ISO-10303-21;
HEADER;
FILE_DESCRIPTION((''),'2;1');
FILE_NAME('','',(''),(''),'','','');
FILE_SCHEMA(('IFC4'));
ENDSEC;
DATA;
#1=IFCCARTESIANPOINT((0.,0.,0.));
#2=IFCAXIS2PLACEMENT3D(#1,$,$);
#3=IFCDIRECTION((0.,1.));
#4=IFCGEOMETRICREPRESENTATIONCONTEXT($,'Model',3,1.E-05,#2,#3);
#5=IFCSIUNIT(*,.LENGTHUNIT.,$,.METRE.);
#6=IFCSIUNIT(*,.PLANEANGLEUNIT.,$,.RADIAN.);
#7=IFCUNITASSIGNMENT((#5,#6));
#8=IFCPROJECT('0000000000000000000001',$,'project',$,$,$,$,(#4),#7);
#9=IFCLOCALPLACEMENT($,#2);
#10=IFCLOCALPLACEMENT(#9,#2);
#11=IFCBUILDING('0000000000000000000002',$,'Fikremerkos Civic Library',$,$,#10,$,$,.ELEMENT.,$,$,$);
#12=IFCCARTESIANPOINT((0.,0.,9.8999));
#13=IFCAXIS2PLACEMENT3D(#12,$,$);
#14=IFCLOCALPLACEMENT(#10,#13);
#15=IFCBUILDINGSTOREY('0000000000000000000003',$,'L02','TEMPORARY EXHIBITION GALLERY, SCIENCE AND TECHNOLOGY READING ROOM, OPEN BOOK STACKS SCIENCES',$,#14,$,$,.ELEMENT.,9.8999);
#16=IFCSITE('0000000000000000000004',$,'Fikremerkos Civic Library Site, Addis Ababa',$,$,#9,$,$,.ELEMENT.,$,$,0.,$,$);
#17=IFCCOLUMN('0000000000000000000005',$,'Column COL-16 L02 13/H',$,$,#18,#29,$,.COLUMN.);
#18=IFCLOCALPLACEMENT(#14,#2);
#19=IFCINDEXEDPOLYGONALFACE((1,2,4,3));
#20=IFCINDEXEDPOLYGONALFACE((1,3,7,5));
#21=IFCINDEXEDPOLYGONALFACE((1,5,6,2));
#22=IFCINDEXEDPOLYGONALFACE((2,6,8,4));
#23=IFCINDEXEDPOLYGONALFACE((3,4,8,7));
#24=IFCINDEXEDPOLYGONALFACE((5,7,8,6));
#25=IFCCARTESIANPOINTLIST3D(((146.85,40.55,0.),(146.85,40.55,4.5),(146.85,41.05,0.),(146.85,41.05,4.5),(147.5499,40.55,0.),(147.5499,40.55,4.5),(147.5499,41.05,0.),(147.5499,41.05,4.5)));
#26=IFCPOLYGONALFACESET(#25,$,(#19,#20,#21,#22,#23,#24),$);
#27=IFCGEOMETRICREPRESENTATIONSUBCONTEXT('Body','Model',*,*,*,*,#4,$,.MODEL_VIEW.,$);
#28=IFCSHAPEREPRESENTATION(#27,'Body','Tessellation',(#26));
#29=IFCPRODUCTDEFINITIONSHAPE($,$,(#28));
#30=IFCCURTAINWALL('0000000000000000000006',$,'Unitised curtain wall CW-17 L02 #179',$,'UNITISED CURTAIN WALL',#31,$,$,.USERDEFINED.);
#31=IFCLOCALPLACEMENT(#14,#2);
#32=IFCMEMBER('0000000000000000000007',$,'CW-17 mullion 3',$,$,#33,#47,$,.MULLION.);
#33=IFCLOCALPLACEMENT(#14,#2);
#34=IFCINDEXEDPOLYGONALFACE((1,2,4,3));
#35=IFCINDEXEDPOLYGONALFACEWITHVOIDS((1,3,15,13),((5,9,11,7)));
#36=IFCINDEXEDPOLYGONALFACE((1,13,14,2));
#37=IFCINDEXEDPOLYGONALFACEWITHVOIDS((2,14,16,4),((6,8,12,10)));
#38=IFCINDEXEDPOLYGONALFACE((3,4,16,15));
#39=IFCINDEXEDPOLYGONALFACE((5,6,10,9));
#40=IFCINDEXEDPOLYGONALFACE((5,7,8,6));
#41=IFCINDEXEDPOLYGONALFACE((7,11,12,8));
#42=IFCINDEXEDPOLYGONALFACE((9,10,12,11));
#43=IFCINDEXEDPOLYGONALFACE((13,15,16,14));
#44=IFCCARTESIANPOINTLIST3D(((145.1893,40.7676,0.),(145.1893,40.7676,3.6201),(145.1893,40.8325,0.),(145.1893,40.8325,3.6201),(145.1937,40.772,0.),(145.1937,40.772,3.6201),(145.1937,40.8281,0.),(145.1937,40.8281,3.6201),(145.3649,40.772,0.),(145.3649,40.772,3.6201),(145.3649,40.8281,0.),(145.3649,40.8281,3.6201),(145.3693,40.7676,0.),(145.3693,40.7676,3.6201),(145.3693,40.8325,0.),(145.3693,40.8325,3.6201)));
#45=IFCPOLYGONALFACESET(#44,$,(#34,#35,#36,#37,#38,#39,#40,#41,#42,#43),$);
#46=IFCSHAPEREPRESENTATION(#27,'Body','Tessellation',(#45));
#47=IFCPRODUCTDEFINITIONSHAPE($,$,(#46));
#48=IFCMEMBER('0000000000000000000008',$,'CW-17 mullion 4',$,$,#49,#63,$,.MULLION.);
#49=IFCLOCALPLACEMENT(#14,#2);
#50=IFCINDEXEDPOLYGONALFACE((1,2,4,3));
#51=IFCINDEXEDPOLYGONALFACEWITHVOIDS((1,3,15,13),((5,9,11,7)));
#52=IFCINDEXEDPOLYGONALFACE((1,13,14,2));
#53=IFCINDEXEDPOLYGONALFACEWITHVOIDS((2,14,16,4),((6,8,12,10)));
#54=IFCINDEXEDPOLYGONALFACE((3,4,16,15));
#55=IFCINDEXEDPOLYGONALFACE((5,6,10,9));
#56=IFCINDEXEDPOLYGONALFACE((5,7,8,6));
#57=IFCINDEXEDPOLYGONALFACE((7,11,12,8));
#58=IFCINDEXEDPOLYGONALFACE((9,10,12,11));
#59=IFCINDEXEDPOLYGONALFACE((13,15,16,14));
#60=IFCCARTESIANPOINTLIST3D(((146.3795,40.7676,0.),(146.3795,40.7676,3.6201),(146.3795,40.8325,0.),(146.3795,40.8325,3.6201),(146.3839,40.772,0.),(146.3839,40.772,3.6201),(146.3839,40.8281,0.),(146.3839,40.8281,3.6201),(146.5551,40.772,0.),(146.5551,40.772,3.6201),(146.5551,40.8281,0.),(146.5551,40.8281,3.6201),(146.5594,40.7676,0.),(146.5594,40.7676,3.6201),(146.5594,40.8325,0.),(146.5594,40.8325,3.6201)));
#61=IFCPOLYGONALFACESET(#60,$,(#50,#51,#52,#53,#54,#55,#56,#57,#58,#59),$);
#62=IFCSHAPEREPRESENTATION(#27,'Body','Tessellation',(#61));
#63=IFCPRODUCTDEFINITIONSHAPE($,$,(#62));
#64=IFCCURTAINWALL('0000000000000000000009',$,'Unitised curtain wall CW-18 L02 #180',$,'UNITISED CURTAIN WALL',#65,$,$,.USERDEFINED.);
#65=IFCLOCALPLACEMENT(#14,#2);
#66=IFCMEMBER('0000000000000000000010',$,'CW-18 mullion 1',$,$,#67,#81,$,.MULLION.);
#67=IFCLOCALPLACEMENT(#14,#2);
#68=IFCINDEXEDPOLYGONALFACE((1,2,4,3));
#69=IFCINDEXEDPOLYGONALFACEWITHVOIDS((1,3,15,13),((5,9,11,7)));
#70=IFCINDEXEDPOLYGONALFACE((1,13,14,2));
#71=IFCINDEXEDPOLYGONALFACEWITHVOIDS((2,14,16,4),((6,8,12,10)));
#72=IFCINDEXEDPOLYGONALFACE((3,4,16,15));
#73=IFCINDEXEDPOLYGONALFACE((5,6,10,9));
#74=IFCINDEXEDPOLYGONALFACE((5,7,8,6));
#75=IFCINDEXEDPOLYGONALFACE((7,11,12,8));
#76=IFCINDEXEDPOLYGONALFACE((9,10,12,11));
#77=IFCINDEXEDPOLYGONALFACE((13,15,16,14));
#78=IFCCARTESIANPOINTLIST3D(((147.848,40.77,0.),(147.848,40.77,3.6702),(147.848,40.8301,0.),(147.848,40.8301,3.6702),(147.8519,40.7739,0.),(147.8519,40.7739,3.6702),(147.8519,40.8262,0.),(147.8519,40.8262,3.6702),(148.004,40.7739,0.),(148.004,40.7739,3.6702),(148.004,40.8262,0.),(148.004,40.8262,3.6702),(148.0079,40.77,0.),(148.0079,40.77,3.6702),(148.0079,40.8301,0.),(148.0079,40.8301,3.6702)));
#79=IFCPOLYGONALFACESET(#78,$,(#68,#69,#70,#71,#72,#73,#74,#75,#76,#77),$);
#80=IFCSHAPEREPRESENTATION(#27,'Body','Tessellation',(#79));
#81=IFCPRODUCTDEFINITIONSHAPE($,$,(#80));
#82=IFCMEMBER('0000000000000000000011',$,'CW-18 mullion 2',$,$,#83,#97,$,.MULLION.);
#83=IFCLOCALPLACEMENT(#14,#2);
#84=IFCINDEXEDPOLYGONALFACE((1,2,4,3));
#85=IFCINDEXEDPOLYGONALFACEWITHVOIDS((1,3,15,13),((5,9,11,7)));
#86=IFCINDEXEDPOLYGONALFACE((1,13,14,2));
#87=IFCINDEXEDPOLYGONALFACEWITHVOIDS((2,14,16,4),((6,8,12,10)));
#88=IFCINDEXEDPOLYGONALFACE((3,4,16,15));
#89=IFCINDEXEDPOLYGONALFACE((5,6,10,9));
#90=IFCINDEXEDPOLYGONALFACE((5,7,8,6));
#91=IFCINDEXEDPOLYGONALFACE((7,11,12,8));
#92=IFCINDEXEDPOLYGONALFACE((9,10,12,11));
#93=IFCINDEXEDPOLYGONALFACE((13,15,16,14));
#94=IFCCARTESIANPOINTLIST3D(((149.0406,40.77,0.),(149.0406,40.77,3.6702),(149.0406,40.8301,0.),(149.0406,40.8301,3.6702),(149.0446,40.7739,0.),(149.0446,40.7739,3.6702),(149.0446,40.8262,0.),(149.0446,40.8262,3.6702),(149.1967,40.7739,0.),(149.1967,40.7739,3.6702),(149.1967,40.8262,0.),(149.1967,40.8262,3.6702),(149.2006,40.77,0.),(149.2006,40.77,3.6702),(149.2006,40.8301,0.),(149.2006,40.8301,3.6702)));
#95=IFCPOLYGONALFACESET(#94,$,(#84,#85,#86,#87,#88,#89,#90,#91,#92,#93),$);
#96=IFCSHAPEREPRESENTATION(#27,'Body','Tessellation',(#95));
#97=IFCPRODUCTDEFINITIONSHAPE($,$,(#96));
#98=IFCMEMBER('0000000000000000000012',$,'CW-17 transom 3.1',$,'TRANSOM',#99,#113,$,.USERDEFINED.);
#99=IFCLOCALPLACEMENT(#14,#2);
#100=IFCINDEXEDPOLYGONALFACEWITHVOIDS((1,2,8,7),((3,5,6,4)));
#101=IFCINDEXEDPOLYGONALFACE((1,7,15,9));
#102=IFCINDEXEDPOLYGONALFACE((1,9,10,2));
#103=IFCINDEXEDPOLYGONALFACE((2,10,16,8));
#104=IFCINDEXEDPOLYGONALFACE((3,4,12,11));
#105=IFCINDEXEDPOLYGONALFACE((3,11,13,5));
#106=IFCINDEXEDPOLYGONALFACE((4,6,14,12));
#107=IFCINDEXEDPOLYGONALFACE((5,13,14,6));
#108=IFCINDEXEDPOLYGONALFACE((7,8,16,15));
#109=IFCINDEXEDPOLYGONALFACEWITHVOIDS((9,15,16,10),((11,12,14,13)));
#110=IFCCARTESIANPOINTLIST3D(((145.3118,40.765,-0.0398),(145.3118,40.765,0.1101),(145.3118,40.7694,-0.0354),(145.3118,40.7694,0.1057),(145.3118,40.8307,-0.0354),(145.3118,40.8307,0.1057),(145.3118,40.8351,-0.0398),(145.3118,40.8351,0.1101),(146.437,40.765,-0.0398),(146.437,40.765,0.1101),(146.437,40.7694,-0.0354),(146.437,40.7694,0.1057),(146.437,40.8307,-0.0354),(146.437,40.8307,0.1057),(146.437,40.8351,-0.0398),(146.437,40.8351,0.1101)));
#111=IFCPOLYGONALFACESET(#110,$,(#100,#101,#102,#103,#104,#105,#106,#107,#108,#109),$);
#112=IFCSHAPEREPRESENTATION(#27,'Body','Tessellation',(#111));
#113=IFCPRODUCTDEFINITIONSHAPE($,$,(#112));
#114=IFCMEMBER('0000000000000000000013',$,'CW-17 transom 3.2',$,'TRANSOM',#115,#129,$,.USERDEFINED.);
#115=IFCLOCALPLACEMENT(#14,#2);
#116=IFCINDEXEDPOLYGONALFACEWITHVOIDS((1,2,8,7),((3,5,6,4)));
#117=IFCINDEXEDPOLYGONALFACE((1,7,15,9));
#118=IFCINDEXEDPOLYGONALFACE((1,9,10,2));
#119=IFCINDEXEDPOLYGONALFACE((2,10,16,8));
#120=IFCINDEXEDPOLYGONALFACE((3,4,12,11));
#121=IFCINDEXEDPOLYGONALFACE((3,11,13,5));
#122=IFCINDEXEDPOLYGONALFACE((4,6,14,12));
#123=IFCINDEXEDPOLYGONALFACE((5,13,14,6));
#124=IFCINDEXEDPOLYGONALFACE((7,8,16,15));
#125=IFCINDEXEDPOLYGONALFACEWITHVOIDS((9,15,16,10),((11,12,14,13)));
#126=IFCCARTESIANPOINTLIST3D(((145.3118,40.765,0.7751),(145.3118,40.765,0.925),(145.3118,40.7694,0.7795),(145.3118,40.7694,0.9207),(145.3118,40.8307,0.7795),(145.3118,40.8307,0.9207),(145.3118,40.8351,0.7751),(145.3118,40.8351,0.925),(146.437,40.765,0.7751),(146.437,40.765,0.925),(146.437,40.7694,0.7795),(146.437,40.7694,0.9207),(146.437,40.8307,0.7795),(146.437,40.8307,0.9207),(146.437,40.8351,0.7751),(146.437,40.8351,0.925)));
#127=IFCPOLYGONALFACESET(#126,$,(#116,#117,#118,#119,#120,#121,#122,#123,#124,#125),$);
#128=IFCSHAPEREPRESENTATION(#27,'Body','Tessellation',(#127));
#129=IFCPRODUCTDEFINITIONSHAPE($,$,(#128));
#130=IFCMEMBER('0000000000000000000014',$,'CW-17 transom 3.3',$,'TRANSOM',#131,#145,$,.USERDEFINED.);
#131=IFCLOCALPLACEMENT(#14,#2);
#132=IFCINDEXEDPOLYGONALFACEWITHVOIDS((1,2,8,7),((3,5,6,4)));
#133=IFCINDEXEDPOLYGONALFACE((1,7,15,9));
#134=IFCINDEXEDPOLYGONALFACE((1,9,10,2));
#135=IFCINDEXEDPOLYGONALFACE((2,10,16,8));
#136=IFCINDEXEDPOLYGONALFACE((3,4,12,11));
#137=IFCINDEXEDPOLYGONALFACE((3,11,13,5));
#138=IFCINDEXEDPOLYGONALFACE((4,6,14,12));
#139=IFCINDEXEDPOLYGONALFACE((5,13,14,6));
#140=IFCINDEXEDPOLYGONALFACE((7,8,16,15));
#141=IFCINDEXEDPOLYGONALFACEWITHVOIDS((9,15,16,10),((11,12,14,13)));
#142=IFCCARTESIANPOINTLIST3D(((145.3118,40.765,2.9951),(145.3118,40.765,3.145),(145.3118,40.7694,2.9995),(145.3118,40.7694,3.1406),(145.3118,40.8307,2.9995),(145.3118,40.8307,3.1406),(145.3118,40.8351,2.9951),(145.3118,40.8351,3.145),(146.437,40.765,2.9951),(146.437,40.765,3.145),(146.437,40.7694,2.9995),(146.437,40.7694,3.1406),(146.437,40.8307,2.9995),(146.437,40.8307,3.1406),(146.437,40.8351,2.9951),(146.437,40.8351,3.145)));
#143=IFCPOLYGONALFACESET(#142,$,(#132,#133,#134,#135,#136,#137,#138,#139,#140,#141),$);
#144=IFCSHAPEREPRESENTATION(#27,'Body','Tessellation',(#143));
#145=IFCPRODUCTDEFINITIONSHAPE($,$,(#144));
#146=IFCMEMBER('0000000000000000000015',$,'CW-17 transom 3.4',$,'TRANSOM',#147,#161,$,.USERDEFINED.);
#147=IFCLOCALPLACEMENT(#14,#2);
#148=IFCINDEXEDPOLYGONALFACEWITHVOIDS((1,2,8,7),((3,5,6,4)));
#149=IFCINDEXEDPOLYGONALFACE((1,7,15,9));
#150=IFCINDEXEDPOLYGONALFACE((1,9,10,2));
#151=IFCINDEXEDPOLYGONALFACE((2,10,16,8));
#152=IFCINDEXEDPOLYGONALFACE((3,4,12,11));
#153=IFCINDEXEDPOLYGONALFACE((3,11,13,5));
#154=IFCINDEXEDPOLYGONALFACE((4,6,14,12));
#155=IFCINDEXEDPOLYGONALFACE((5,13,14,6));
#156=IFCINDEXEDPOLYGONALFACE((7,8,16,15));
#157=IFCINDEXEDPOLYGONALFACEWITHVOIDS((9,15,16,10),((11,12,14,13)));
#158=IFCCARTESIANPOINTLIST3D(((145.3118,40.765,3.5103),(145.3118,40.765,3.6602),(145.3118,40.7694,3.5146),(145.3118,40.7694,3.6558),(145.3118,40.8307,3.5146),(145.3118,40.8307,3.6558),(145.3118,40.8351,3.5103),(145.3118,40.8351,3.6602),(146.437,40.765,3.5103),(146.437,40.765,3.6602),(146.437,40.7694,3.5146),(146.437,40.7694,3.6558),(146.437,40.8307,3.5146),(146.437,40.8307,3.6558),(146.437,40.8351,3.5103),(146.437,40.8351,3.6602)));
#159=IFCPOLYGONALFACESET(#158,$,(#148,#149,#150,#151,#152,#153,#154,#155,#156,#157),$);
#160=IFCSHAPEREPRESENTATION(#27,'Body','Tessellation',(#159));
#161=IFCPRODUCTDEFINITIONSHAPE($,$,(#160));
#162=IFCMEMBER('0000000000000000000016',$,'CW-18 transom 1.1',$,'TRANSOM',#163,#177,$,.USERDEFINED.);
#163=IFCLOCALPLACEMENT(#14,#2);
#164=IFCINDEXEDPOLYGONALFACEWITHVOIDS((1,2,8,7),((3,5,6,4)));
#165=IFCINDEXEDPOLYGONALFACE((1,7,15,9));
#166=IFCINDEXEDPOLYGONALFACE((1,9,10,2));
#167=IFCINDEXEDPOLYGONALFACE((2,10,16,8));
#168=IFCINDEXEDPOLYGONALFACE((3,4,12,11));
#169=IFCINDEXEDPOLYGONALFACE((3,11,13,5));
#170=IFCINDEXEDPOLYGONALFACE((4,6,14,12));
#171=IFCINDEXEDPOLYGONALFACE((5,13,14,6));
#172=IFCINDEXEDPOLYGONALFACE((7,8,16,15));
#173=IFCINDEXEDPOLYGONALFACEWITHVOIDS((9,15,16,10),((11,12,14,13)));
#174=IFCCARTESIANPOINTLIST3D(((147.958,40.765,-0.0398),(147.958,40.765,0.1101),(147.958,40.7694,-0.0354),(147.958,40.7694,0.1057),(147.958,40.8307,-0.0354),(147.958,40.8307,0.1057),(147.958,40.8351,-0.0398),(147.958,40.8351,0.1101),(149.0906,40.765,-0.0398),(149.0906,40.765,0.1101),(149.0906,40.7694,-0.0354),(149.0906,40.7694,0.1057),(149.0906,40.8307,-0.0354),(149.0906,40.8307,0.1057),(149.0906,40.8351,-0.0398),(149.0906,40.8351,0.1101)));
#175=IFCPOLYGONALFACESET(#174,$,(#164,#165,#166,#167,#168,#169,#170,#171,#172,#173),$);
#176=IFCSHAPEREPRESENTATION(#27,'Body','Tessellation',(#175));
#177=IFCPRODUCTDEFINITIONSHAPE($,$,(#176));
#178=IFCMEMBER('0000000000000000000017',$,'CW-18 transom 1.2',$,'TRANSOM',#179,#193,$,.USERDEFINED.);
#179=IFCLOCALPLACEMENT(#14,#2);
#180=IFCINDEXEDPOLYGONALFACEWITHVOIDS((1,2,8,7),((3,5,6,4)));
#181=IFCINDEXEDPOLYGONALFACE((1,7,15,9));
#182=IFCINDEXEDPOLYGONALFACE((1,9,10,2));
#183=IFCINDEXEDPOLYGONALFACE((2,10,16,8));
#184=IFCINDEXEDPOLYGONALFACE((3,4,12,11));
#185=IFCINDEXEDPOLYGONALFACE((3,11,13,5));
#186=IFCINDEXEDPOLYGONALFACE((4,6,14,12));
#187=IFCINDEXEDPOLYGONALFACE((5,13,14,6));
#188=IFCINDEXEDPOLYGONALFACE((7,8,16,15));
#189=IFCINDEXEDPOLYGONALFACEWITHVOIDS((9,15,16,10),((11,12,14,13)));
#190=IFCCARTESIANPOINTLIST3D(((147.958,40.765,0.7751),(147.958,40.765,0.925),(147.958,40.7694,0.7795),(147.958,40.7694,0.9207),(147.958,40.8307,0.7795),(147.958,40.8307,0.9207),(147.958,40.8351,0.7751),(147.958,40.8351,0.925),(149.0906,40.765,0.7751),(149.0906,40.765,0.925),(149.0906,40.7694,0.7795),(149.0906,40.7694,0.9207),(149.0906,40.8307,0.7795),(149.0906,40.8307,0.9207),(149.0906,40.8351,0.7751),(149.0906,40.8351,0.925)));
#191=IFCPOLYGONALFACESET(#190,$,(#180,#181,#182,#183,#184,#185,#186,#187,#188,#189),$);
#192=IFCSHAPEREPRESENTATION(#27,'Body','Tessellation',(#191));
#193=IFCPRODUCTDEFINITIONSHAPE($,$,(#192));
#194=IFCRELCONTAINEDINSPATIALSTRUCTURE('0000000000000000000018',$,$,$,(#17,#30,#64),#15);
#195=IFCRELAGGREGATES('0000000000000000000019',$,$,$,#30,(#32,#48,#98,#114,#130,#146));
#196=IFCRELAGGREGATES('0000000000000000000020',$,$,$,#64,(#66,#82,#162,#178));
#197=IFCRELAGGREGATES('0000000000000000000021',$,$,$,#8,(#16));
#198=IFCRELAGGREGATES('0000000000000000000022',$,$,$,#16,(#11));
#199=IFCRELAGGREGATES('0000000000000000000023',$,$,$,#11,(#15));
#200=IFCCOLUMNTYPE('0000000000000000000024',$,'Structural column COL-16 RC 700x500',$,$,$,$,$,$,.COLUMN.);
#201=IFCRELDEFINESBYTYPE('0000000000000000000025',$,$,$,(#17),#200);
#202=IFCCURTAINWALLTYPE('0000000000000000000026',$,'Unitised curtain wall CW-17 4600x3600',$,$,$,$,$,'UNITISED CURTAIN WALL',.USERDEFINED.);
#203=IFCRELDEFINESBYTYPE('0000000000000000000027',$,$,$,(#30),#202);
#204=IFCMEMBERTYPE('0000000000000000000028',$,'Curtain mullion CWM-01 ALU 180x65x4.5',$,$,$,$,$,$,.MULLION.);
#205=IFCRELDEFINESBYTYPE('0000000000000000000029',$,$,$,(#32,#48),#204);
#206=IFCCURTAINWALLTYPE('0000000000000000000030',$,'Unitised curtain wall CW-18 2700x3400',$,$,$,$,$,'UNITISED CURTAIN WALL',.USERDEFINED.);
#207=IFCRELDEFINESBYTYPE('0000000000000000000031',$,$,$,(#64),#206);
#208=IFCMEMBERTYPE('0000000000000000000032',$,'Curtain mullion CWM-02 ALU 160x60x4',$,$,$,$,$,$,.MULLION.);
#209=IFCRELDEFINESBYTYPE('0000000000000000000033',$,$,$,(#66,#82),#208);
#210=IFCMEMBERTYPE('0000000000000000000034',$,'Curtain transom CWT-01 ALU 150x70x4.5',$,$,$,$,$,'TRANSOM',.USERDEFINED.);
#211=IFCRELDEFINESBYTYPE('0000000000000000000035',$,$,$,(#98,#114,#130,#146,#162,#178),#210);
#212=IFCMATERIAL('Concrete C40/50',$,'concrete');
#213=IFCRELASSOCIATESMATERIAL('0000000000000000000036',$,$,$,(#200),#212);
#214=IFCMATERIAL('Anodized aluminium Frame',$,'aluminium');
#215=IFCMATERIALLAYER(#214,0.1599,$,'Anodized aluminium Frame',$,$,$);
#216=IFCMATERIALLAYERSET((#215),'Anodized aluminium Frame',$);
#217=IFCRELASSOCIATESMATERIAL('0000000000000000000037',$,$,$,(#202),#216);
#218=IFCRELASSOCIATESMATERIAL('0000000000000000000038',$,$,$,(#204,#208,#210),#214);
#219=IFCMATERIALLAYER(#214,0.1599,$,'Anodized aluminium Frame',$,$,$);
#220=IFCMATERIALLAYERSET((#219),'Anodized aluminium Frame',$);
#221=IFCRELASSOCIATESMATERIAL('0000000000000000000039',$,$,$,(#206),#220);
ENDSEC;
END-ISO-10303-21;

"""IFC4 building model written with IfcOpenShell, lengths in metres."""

from ifc_helpers import new_model, si_unit, direction, frame, origin, origin_2d, place, context, subcontext, project, spatial, rectangle, hollow_rectangle, extrude, material, layer, layer_set, material_profile, profile_set, type_object, element, aggregate, save


model = new_model("IFC4")

# Units and contexts
model_context = context("Model", 3, precision=1e-05, world=origin(), true_north=direction((0.0, 1.0)))
body_context = subcontext(model_context, "Body", "Model", "MODEL_VIEW")
ifc_project = project(units=[si_unit("LENGTHUNIT", "METRE"), si_unit("PLANEANGLEUNIT", "RADIAN")], contexts=[model_context])

# Site, building, storey
site_placement = place(None, origin())
site = spatial("IfcSite", under=ifc_project, at=site_placement, Name="Fikremerkos Civic Library Site, Addis Ababa", CompositionType="ELEMENT", RefElevation=0.0)
building_placement = place(site_placement, origin())
building = spatial("IfcBuilding", under=site, at=building_placement, Name="Fikremerkos Civic Library", CompositionType="ELEMENT")
storey_placement = place(building_placement, frame((0.0, 0.0, 9.8999)))
storey = spatial("IfcBuildingStorey", under=building, at=storey_placement, Name="L02", Description="TEMPORARY EXHIBITION GALLERY, SCIENCE AND TECHNOLOGY READING ROOM, OPEN BOOK STACKS SCIENCES", CompositionType="ELEMENT", Elevation=9.8999)

# Column
ifc_material_1 = material(Name="Concrete C40/50", Category="concrete")
ifc_material_profile_1 = material_profile(ifc_material_1, rectangle(XDim=0.7, YDim=0.5, at=origin_2d()), Name="RC 700x500")
ifc_profile_set_1 = profile_set([ifc_material_profile_1], Name="Concrete C40/50")
column_type = type_object("IfcColumnType", Name="Structural column COL-16 RC 700x500", PredefinedType="COLUMN", material=ifc_profile_set_1)
column_placement = place(storey_placement, frame((147.2, 40.8, 0.0), z_axis=(0.0, 0.0, 1.0), x_axis=(1.0, 0.0, 0.0)))
element("IfcColumn", 1, at=column_placement, inside=storey, type_object=column_type, Name="Column COL-16 L02 13/H", PredefinedType="COLUMN", context=body_context, shape_type="SweptSolid", body=[
    extrude(rectangle(XDim=0.7, YDim=0.5, at=origin_2d()), origin(), (0.0, 0.0, 1.0), 4.5),
])

# Curtain walls, members
ifc_material_2 = material(Name="Anodized aluminium Frame", Category="aluminium")
ifc_layer_1 = layer(ifc_material_2, 0.1599, Name="Anodized aluminium Frame")
ifc_layer_set_1 = layer_set([ifc_layer_1], Name="Anodized aluminium Frame")
curtain_wall_type_1 = type_object("IfcCurtainWallType", Name="Unitised curtain wall CW-17 4600x3600", ElementType="UNITISED CURTAIN WALL", PredefinedType="USERDEFINED", material=ifc_layer_set_1)
curtain_wall_1_placement = place(storey_placement, origin())
curtain_wall_1 = element("IfcCurtainWall", 2, at=curtain_wall_1_placement, inside=storey, type_object=curtain_wall_type_1, Name="Unitised curtain wall CW-17 L02 #179", ObjectType="UNITISED CURTAIN WALL", PredefinedType="USERDEFINED")
ifc_material_profile_2 = material_profile(ifc_material_2, hollow_rectangle(XDim=0.0649, YDim=0.1799, WallThickness=0.0044, at=origin_2d()), Name="ALU 180x65x4.5")
ifc_profile_set_2 = profile_set([ifc_material_profile_2], Name="Anodized aluminium Frame")
member_type_1 = type_object("IfcMemberType", Name="Curtain mullion CWM-01 ALU 180x65x4.5", PredefinedType="MULLION", material=ifc_profile_set_2)
member_1_placement = place(storey_placement, frame((145.2793, 40.8, 0.0), z_axis=(0.0, 0.0, 1.0), x_axis=(0.0, 1.0, 0.0)))
member_1 = element("IfcMember", 3, at=member_1_placement, type_object=member_type_1, Name="CW-17 mullion 3", PredefinedType="MULLION", context=body_context, shape_type="SweptSolid", body=[
    extrude(hollow_rectangle(XDim=0.0649, YDim=0.1799, WallThickness=0.0044, at=origin_2d()), origin(), (0.0, 0.0, 1.0), 3.6201),
])
member_2_placement = place(storey_placement, frame((146.4695, 40.8, 0.0), z_axis=(0.0, 0.0, 1.0), x_axis=(0.0, 1.0, 0.0)))
member_2 = element("IfcMember", 4, at=member_2_placement, type_object=member_type_1, Name="CW-17 mullion 4", PredefinedType="MULLION", context=body_context, shape_type="SweptSolid", body=[
    extrude(hollow_rectangle(XDim=0.0649, YDim=0.1799, WallThickness=0.0044, at=origin_2d()), origin(), (0.0, 0.0, 1.0), 3.6201),
])
ifc_layer_2 = layer(ifc_material_2, 0.1599, Name="Anodized aluminium Frame")
ifc_layer_set_2 = layer_set([ifc_layer_2], Name="Anodized aluminium Frame")
curtain_wall_type_2 = type_object("IfcCurtainWallType", Name="Unitised curtain wall CW-18 2700x3400", ElementType="UNITISED CURTAIN WALL", PredefinedType="USERDEFINED", material=ifc_layer_set_2)
curtain_wall_2_placement = place(storey_placement, origin())
curtain_wall_2 = element("IfcCurtainWall", 5, at=curtain_wall_2_placement, inside=storey, type_object=curtain_wall_type_2, Name="Unitised curtain wall CW-18 L02 #180", ObjectType="UNITISED CURTAIN WALL", PredefinedType="USERDEFINED")
ifc_material_profile_3 = material_profile(ifc_material_2, hollow_rectangle(XDim=0.0601, YDim=0.1599, WallThickness=0.0039, at=origin_2d()), Name="ALU 160x60x4")
ifc_profile_set_3 = profile_set([ifc_material_profile_3], Name="Anodized aluminium Frame")
member_type_2 = type_object("IfcMemberType", Name="Curtain mullion CWM-02 ALU 160x60x4", PredefinedType="MULLION", material=ifc_profile_set_3)
member_3_placement = place(storey_placement, frame((147.928, 40.8, 0.0), z_axis=(0.0, 0.0, 1.0), x_axis=(0.0, 1.0, 0.0)))
member_3 = element("IfcMember", 6, at=member_3_placement, type_object=member_type_2, Name="CW-18 mullion 1", PredefinedType="MULLION", context=body_context, shape_type="SweptSolid", body=[
    extrude(hollow_rectangle(XDim=0.0601, YDim=0.1599, WallThickness=0.0039, at=origin_2d()), origin(), (0.0, 0.0, 1.0), 3.6702),
])
member_4_placement = place(storey_placement, frame((149.1206, 40.8, 0.0), z_axis=(0.0, 0.0, 1.0), x_axis=(0.0, 1.0, 0.0)))
member_4 = element("IfcMember", 7, at=member_4_placement, type_object=member_type_2, Name="CW-18 mullion 2", PredefinedType="MULLION", context=body_context, shape_type="SweptSolid", body=[
    extrude(hollow_rectangle(XDim=0.0601, YDim=0.1599, WallThickness=0.0039, at=origin_2d()), origin(), (0.0, 0.0, 1.0), 3.6702),
])

# Members
ifc_material_profile_4 = material_profile(ifc_material_2, hollow_rectangle(XDim=0.0701, YDim=0.1499, WallThickness=0.0044, at=origin_2d()), Name="ALU 150x70x4.5")
ifc_profile_set_4 = profile_set([ifc_material_profile_4], Name="Anodized aluminium Frame")
member_type_3 = type_object("IfcMemberType", Name="Curtain transom CWT-01 ALU 150x70x4.5", ElementType="TRANSOM", PredefinedType="USERDEFINED", material=ifc_profile_set_4)
member_5_placement = place(storey_placement, frame((145.3118, 40.8, 0.0352), z_axis=(1.0, 0.0, 0.0), x_axis=(0.0, 1.0, 0.0)))
member_5 = element("IfcMember", 8, at=member_5_placement, type_object=member_type_3, Name="CW-17 transom 3.1", ObjectType="TRANSOM", PredefinedType="USERDEFINED", context=body_context, shape_type="SweptSolid", body=[
    extrude(hollow_rectangle(XDim=0.0701, YDim=0.1499, WallThickness=0.0044, at=origin_2d()), origin(), (0.0, 0.0, 1.0), 1.1252),
])
member_6_placement = place(storey_placement, frame((145.3118, 40.8, 0.8501), z_axis=(1.0, 0.0, 0.0), x_axis=(0.0, 1.0, 0.0)))
member_6 = element("IfcMember", 9, at=member_6_placement, type_object=member_type_3, Name="CW-17 transom 3.2", ObjectType="TRANSOM", PredefinedType="USERDEFINED", context=body_context, shape_type="SweptSolid", body=[
    extrude(hollow_rectangle(XDim=0.0701, YDim=0.1499, WallThickness=0.0044, at=origin_2d()), origin(), (0.0, 0.0, 1.0), 1.1252),
])
member_7_placement = place(storey_placement, frame((145.3118, 40.8, 3.0701), z_axis=(1.0, 0.0, 0.0), x_axis=(0.0, 1.0, 0.0)))
member_7 = element("IfcMember", 10, at=member_7_placement, type_object=member_type_3, Name="CW-17 transom 3.3", ObjectType="TRANSOM", PredefinedType="USERDEFINED", context=body_context, shape_type="SweptSolid", body=[
    extrude(hollow_rectangle(XDim=0.0701, YDim=0.1499, WallThickness=0.0044, at=origin_2d()), origin(), (0.0, 0.0, 1.0), 1.1252),
])
member_8_placement = place(storey_placement, frame((145.3118, 40.8, 3.5852), z_axis=(1.0, 0.0, 0.0), x_axis=(0.0, 1.0, 0.0)))
member_8 = element("IfcMember", 11, at=member_8_placement, type_object=member_type_3, Name="CW-17 transom 3.4", ObjectType="TRANSOM", PredefinedType="USERDEFINED", context=body_context, shape_type="SweptSolid", body=[
    extrude(hollow_rectangle(XDim=0.0701, YDim=0.1499, WallThickness=0.0044, at=origin_2d()), origin(), (0.0, 0.0, 1.0), 1.1252),
])
member_9_placement = place(storey_placement, frame((147.958, 40.8, 0.0352), z_axis=(1.0, 0.0, 0.0), x_axis=(0.0, 1.0, 0.0)))
member_9 = element("IfcMember", 12, at=member_9_placement, type_object=member_type_3, Name="CW-18 transom 1.1", ObjectType="TRANSOM", PredefinedType="USERDEFINED", context=body_context, shape_type="SweptSolid", body=[
    extrude(hollow_rectangle(XDim=0.0701, YDim=0.1499, WallThickness=0.0044, at=origin_2d()), origin(), (0.0, 0.0, 1.0), 1.1326),
])
member_10_placement = place(storey_placement, frame((147.958, 40.8, 0.8501), z_axis=(1.0, 0.0, 0.0), x_axis=(0.0, 1.0, 0.0)))
member_10 = element("IfcMember", 13, at=member_10_placement, type_object=member_type_3, Name="CW-18 transom 1.2", ObjectType="TRANSOM", PredefinedType="USERDEFINED", context=body_context, shape_type="SweptSolid", body=[
    extrude(hollow_rectangle(XDim=0.0701, YDim=0.1499, WallThickness=0.0044, at=origin_2d()), origin(), (0.0, 0.0, 1.0), 1.1326),
])

aggregate(curtain_wall_1, [member_1, member_2, member_5, member_6, member_7, member_8])
aggregate(curtain_wall_2, [member_3, member_4, member_9, member_10])

save(model, "model.ifc")
